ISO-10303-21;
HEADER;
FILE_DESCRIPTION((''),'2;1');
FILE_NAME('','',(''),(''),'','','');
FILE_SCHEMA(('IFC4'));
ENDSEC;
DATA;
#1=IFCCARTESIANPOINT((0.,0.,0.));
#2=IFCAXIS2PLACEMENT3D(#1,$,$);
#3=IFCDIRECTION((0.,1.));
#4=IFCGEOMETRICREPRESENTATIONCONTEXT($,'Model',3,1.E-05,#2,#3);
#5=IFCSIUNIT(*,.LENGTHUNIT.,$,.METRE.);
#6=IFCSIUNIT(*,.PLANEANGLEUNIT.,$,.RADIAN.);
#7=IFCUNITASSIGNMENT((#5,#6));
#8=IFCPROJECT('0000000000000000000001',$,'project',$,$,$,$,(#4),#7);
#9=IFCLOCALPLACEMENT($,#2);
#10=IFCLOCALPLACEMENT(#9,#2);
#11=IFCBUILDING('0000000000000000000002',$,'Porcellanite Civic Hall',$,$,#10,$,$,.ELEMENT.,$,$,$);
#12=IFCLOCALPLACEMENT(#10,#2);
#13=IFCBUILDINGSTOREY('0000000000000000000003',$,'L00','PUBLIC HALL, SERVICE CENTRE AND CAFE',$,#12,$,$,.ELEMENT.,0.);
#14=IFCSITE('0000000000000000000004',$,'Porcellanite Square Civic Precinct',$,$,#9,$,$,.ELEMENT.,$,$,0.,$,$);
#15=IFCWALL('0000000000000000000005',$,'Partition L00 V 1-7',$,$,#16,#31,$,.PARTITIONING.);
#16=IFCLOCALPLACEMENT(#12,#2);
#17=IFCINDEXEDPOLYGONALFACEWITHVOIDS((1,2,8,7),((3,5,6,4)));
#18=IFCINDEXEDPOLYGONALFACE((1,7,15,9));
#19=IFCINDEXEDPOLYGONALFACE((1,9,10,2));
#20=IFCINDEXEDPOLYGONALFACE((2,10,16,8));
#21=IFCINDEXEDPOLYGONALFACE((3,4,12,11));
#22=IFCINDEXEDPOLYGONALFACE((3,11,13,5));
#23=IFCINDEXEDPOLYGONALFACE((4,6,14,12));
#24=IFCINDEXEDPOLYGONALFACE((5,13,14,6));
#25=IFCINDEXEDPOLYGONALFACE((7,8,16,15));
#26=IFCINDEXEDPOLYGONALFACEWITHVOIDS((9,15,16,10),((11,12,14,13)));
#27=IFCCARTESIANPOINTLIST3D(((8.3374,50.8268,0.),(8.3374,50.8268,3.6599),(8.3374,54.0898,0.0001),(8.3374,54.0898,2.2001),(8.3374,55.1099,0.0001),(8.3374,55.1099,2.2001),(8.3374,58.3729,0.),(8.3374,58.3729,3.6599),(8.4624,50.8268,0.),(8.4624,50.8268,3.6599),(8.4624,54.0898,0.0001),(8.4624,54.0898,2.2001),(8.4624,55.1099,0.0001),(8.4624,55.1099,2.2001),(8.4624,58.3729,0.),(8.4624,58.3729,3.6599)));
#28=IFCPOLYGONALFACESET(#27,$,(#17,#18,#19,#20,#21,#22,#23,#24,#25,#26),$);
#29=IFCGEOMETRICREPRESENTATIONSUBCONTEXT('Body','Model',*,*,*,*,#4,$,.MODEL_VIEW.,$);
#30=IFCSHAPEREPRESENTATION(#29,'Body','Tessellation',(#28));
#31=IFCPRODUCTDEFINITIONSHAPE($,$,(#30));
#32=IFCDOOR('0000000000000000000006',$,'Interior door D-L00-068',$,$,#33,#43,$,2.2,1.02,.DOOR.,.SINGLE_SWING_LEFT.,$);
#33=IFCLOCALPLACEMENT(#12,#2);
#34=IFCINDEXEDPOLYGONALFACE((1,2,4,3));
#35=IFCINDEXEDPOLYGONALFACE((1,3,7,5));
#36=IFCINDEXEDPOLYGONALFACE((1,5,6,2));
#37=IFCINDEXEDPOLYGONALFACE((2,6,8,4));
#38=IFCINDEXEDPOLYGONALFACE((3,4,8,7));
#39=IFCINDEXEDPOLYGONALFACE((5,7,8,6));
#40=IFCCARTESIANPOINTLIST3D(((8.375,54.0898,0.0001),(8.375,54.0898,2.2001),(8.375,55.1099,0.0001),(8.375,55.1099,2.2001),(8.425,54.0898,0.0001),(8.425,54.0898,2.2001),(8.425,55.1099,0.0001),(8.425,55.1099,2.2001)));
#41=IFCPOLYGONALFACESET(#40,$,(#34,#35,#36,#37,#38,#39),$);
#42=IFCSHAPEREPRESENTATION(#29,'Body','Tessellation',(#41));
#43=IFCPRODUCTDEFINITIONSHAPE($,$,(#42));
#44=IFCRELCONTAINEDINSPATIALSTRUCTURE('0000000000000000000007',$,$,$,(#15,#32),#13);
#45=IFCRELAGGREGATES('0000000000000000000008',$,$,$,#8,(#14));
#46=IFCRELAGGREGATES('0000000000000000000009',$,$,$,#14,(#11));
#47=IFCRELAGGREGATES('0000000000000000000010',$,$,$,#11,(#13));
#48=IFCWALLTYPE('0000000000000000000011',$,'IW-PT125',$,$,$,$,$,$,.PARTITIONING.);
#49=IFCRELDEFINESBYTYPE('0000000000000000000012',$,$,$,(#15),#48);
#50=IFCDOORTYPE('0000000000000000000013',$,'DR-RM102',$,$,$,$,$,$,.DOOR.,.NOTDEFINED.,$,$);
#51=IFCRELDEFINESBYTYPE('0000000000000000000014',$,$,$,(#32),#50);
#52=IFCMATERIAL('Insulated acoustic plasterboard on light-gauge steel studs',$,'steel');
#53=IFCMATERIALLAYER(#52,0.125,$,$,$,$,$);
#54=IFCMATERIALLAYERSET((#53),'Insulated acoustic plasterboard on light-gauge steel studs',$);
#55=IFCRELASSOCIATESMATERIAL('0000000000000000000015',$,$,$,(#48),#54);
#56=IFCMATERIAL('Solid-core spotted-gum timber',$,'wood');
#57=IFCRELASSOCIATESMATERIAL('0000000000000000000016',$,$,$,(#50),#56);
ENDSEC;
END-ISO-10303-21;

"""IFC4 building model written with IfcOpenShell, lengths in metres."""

from ifc_helpers import new_model, si_unit, direction, frame, frame_2d, origin, place, context, subcontext, project, spatial, rectangle, extrude, material, layer, layer_set, type_object, element, fill, save


model = new_model("IFC4")

# Units and contexts
model_context = context("Model", 3, precision=1e-05, world=origin(), true_north=direction((0.0, 1.0)))
body_context = subcontext(model_context, "Body", "Model", "MODEL_VIEW")
ifc_project = project(units=[si_unit("LENGTHUNIT", "METRE"), si_unit("PLANEANGLEUNIT", "RADIAN")], contexts=[model_context])

# Site, building, storey
site_placement = place(None, origin())
site = spatial("IfcSite", under=ifc_project, at=site_placement, Name="Porcellanite Square Civic Precinct", CompositionType="ELEMENT", RefElevation=0.0)
building_placement = place(site_placement, origin())
building = spatial("IfcBuilding", under=site, at=building_placement, Name="Porcellanite Civic Hall", CompositionType="ELEMENT")
storey_placement = place(building_placement, origin())
storey = spatial("IfcBuildingStorey", under=building, at=storey_placement, Name="L00", Description="PUBLIC HALL, SERVICE CENTRE AND CAFE", CompositionType="ELEMENT", Elevation=0.0)

# Wall, opening, door
ifc_material_1 = material(Name="Insulated acoustic plasterboard on light-gauge steel studs", Category="steel")
ifc_layer_1 = layer(ifc_material_1, 0.125)
ifc_layer_set_1 = layer_set([ifc_layer_1], Name="Insulated acoustic plasterboard on light-gauge steel studs")
wall_type_1 = type_object("IfcWallType", Name="IW-PT125", PredefinedType="PARTITIONING", material=ifc_layer_set_1)
wall_1_placement = place(storey_placement, frame((8.3999, 50.8269, 0.0), z_axis=(0.0, 0.0, 1.0), x_axis=(0.0, 1.0, 0.0)))
wall_1 = element("IfcWall", 1, at=wall_1_placement, inside=storey, type_object=wall_type_1, Name="Partition L00 V 1-7", PredefinedType="PARTITIONING", context=body_context, shape_type="SweptSolid", body=[
    extrude(rectangle(XDim=7.5461, YDim=0.125, at=frame_2d((3.7729, 0.0))), origin(), (0.0, 0.0, 1.0), 3.6599),
])
opening_1_placement = place(wall_1_placement, frame((3.2629, 0.0, 0.0)))
opening_1 = element("IfcOpeningElement", 2, at=opening_1_placement, cuts=wall_1, PredefinedType="OPENING", context=body_context, shape_type="SweptSolid", body=[
    extrude(rectangle(XDim=1.02, YDim=2.2, at=frame_2d((0.51, 1.1001))), frame((0.0, 0.0625, 0.0), z_axis=(0.0, -1.0, 0.0), x_axis=(1.0, 0.0, 0.0)), (0.0, 0.0, 1.0), 0.125),
])
ifc_material_2 = material(Name="Solid-core spotted-gum timber", Category="wood")
door_type_1 = type_object("IfcDoorType", Name="DR-RM102", OperationType="NOTDEFINED", PredefinedType="DOOR", material=ifc_material_2)
door_1_placement = place(opening_1_placement, origin())
door_1 = element("IfcDoor", 3, at=door_1_placement, inside=storey, type_object=door_type_1, Name="Interior door D-L00-068", OperationType="SINGLE_SWING_LEFT", OverallHeight=2.2, OverallWidth=1.02, PredefinedType="DOOR", context=body_context, shape_type="SweptSolid", body=[
    extrude(rectangle(XDim=1.02, YDim=2.2, at=frame_2d((0.51, 1.1001))), frame((0.0, 0.0249, 0.0), z_axis=(0.0, -1.0, 0.0), x_axis=(1.0, 0.0, 0.0)), (0.0, 0.0, 1.0), 0.05),
])
fill(opening_1, door_1)

save(model, "model.ifc")
